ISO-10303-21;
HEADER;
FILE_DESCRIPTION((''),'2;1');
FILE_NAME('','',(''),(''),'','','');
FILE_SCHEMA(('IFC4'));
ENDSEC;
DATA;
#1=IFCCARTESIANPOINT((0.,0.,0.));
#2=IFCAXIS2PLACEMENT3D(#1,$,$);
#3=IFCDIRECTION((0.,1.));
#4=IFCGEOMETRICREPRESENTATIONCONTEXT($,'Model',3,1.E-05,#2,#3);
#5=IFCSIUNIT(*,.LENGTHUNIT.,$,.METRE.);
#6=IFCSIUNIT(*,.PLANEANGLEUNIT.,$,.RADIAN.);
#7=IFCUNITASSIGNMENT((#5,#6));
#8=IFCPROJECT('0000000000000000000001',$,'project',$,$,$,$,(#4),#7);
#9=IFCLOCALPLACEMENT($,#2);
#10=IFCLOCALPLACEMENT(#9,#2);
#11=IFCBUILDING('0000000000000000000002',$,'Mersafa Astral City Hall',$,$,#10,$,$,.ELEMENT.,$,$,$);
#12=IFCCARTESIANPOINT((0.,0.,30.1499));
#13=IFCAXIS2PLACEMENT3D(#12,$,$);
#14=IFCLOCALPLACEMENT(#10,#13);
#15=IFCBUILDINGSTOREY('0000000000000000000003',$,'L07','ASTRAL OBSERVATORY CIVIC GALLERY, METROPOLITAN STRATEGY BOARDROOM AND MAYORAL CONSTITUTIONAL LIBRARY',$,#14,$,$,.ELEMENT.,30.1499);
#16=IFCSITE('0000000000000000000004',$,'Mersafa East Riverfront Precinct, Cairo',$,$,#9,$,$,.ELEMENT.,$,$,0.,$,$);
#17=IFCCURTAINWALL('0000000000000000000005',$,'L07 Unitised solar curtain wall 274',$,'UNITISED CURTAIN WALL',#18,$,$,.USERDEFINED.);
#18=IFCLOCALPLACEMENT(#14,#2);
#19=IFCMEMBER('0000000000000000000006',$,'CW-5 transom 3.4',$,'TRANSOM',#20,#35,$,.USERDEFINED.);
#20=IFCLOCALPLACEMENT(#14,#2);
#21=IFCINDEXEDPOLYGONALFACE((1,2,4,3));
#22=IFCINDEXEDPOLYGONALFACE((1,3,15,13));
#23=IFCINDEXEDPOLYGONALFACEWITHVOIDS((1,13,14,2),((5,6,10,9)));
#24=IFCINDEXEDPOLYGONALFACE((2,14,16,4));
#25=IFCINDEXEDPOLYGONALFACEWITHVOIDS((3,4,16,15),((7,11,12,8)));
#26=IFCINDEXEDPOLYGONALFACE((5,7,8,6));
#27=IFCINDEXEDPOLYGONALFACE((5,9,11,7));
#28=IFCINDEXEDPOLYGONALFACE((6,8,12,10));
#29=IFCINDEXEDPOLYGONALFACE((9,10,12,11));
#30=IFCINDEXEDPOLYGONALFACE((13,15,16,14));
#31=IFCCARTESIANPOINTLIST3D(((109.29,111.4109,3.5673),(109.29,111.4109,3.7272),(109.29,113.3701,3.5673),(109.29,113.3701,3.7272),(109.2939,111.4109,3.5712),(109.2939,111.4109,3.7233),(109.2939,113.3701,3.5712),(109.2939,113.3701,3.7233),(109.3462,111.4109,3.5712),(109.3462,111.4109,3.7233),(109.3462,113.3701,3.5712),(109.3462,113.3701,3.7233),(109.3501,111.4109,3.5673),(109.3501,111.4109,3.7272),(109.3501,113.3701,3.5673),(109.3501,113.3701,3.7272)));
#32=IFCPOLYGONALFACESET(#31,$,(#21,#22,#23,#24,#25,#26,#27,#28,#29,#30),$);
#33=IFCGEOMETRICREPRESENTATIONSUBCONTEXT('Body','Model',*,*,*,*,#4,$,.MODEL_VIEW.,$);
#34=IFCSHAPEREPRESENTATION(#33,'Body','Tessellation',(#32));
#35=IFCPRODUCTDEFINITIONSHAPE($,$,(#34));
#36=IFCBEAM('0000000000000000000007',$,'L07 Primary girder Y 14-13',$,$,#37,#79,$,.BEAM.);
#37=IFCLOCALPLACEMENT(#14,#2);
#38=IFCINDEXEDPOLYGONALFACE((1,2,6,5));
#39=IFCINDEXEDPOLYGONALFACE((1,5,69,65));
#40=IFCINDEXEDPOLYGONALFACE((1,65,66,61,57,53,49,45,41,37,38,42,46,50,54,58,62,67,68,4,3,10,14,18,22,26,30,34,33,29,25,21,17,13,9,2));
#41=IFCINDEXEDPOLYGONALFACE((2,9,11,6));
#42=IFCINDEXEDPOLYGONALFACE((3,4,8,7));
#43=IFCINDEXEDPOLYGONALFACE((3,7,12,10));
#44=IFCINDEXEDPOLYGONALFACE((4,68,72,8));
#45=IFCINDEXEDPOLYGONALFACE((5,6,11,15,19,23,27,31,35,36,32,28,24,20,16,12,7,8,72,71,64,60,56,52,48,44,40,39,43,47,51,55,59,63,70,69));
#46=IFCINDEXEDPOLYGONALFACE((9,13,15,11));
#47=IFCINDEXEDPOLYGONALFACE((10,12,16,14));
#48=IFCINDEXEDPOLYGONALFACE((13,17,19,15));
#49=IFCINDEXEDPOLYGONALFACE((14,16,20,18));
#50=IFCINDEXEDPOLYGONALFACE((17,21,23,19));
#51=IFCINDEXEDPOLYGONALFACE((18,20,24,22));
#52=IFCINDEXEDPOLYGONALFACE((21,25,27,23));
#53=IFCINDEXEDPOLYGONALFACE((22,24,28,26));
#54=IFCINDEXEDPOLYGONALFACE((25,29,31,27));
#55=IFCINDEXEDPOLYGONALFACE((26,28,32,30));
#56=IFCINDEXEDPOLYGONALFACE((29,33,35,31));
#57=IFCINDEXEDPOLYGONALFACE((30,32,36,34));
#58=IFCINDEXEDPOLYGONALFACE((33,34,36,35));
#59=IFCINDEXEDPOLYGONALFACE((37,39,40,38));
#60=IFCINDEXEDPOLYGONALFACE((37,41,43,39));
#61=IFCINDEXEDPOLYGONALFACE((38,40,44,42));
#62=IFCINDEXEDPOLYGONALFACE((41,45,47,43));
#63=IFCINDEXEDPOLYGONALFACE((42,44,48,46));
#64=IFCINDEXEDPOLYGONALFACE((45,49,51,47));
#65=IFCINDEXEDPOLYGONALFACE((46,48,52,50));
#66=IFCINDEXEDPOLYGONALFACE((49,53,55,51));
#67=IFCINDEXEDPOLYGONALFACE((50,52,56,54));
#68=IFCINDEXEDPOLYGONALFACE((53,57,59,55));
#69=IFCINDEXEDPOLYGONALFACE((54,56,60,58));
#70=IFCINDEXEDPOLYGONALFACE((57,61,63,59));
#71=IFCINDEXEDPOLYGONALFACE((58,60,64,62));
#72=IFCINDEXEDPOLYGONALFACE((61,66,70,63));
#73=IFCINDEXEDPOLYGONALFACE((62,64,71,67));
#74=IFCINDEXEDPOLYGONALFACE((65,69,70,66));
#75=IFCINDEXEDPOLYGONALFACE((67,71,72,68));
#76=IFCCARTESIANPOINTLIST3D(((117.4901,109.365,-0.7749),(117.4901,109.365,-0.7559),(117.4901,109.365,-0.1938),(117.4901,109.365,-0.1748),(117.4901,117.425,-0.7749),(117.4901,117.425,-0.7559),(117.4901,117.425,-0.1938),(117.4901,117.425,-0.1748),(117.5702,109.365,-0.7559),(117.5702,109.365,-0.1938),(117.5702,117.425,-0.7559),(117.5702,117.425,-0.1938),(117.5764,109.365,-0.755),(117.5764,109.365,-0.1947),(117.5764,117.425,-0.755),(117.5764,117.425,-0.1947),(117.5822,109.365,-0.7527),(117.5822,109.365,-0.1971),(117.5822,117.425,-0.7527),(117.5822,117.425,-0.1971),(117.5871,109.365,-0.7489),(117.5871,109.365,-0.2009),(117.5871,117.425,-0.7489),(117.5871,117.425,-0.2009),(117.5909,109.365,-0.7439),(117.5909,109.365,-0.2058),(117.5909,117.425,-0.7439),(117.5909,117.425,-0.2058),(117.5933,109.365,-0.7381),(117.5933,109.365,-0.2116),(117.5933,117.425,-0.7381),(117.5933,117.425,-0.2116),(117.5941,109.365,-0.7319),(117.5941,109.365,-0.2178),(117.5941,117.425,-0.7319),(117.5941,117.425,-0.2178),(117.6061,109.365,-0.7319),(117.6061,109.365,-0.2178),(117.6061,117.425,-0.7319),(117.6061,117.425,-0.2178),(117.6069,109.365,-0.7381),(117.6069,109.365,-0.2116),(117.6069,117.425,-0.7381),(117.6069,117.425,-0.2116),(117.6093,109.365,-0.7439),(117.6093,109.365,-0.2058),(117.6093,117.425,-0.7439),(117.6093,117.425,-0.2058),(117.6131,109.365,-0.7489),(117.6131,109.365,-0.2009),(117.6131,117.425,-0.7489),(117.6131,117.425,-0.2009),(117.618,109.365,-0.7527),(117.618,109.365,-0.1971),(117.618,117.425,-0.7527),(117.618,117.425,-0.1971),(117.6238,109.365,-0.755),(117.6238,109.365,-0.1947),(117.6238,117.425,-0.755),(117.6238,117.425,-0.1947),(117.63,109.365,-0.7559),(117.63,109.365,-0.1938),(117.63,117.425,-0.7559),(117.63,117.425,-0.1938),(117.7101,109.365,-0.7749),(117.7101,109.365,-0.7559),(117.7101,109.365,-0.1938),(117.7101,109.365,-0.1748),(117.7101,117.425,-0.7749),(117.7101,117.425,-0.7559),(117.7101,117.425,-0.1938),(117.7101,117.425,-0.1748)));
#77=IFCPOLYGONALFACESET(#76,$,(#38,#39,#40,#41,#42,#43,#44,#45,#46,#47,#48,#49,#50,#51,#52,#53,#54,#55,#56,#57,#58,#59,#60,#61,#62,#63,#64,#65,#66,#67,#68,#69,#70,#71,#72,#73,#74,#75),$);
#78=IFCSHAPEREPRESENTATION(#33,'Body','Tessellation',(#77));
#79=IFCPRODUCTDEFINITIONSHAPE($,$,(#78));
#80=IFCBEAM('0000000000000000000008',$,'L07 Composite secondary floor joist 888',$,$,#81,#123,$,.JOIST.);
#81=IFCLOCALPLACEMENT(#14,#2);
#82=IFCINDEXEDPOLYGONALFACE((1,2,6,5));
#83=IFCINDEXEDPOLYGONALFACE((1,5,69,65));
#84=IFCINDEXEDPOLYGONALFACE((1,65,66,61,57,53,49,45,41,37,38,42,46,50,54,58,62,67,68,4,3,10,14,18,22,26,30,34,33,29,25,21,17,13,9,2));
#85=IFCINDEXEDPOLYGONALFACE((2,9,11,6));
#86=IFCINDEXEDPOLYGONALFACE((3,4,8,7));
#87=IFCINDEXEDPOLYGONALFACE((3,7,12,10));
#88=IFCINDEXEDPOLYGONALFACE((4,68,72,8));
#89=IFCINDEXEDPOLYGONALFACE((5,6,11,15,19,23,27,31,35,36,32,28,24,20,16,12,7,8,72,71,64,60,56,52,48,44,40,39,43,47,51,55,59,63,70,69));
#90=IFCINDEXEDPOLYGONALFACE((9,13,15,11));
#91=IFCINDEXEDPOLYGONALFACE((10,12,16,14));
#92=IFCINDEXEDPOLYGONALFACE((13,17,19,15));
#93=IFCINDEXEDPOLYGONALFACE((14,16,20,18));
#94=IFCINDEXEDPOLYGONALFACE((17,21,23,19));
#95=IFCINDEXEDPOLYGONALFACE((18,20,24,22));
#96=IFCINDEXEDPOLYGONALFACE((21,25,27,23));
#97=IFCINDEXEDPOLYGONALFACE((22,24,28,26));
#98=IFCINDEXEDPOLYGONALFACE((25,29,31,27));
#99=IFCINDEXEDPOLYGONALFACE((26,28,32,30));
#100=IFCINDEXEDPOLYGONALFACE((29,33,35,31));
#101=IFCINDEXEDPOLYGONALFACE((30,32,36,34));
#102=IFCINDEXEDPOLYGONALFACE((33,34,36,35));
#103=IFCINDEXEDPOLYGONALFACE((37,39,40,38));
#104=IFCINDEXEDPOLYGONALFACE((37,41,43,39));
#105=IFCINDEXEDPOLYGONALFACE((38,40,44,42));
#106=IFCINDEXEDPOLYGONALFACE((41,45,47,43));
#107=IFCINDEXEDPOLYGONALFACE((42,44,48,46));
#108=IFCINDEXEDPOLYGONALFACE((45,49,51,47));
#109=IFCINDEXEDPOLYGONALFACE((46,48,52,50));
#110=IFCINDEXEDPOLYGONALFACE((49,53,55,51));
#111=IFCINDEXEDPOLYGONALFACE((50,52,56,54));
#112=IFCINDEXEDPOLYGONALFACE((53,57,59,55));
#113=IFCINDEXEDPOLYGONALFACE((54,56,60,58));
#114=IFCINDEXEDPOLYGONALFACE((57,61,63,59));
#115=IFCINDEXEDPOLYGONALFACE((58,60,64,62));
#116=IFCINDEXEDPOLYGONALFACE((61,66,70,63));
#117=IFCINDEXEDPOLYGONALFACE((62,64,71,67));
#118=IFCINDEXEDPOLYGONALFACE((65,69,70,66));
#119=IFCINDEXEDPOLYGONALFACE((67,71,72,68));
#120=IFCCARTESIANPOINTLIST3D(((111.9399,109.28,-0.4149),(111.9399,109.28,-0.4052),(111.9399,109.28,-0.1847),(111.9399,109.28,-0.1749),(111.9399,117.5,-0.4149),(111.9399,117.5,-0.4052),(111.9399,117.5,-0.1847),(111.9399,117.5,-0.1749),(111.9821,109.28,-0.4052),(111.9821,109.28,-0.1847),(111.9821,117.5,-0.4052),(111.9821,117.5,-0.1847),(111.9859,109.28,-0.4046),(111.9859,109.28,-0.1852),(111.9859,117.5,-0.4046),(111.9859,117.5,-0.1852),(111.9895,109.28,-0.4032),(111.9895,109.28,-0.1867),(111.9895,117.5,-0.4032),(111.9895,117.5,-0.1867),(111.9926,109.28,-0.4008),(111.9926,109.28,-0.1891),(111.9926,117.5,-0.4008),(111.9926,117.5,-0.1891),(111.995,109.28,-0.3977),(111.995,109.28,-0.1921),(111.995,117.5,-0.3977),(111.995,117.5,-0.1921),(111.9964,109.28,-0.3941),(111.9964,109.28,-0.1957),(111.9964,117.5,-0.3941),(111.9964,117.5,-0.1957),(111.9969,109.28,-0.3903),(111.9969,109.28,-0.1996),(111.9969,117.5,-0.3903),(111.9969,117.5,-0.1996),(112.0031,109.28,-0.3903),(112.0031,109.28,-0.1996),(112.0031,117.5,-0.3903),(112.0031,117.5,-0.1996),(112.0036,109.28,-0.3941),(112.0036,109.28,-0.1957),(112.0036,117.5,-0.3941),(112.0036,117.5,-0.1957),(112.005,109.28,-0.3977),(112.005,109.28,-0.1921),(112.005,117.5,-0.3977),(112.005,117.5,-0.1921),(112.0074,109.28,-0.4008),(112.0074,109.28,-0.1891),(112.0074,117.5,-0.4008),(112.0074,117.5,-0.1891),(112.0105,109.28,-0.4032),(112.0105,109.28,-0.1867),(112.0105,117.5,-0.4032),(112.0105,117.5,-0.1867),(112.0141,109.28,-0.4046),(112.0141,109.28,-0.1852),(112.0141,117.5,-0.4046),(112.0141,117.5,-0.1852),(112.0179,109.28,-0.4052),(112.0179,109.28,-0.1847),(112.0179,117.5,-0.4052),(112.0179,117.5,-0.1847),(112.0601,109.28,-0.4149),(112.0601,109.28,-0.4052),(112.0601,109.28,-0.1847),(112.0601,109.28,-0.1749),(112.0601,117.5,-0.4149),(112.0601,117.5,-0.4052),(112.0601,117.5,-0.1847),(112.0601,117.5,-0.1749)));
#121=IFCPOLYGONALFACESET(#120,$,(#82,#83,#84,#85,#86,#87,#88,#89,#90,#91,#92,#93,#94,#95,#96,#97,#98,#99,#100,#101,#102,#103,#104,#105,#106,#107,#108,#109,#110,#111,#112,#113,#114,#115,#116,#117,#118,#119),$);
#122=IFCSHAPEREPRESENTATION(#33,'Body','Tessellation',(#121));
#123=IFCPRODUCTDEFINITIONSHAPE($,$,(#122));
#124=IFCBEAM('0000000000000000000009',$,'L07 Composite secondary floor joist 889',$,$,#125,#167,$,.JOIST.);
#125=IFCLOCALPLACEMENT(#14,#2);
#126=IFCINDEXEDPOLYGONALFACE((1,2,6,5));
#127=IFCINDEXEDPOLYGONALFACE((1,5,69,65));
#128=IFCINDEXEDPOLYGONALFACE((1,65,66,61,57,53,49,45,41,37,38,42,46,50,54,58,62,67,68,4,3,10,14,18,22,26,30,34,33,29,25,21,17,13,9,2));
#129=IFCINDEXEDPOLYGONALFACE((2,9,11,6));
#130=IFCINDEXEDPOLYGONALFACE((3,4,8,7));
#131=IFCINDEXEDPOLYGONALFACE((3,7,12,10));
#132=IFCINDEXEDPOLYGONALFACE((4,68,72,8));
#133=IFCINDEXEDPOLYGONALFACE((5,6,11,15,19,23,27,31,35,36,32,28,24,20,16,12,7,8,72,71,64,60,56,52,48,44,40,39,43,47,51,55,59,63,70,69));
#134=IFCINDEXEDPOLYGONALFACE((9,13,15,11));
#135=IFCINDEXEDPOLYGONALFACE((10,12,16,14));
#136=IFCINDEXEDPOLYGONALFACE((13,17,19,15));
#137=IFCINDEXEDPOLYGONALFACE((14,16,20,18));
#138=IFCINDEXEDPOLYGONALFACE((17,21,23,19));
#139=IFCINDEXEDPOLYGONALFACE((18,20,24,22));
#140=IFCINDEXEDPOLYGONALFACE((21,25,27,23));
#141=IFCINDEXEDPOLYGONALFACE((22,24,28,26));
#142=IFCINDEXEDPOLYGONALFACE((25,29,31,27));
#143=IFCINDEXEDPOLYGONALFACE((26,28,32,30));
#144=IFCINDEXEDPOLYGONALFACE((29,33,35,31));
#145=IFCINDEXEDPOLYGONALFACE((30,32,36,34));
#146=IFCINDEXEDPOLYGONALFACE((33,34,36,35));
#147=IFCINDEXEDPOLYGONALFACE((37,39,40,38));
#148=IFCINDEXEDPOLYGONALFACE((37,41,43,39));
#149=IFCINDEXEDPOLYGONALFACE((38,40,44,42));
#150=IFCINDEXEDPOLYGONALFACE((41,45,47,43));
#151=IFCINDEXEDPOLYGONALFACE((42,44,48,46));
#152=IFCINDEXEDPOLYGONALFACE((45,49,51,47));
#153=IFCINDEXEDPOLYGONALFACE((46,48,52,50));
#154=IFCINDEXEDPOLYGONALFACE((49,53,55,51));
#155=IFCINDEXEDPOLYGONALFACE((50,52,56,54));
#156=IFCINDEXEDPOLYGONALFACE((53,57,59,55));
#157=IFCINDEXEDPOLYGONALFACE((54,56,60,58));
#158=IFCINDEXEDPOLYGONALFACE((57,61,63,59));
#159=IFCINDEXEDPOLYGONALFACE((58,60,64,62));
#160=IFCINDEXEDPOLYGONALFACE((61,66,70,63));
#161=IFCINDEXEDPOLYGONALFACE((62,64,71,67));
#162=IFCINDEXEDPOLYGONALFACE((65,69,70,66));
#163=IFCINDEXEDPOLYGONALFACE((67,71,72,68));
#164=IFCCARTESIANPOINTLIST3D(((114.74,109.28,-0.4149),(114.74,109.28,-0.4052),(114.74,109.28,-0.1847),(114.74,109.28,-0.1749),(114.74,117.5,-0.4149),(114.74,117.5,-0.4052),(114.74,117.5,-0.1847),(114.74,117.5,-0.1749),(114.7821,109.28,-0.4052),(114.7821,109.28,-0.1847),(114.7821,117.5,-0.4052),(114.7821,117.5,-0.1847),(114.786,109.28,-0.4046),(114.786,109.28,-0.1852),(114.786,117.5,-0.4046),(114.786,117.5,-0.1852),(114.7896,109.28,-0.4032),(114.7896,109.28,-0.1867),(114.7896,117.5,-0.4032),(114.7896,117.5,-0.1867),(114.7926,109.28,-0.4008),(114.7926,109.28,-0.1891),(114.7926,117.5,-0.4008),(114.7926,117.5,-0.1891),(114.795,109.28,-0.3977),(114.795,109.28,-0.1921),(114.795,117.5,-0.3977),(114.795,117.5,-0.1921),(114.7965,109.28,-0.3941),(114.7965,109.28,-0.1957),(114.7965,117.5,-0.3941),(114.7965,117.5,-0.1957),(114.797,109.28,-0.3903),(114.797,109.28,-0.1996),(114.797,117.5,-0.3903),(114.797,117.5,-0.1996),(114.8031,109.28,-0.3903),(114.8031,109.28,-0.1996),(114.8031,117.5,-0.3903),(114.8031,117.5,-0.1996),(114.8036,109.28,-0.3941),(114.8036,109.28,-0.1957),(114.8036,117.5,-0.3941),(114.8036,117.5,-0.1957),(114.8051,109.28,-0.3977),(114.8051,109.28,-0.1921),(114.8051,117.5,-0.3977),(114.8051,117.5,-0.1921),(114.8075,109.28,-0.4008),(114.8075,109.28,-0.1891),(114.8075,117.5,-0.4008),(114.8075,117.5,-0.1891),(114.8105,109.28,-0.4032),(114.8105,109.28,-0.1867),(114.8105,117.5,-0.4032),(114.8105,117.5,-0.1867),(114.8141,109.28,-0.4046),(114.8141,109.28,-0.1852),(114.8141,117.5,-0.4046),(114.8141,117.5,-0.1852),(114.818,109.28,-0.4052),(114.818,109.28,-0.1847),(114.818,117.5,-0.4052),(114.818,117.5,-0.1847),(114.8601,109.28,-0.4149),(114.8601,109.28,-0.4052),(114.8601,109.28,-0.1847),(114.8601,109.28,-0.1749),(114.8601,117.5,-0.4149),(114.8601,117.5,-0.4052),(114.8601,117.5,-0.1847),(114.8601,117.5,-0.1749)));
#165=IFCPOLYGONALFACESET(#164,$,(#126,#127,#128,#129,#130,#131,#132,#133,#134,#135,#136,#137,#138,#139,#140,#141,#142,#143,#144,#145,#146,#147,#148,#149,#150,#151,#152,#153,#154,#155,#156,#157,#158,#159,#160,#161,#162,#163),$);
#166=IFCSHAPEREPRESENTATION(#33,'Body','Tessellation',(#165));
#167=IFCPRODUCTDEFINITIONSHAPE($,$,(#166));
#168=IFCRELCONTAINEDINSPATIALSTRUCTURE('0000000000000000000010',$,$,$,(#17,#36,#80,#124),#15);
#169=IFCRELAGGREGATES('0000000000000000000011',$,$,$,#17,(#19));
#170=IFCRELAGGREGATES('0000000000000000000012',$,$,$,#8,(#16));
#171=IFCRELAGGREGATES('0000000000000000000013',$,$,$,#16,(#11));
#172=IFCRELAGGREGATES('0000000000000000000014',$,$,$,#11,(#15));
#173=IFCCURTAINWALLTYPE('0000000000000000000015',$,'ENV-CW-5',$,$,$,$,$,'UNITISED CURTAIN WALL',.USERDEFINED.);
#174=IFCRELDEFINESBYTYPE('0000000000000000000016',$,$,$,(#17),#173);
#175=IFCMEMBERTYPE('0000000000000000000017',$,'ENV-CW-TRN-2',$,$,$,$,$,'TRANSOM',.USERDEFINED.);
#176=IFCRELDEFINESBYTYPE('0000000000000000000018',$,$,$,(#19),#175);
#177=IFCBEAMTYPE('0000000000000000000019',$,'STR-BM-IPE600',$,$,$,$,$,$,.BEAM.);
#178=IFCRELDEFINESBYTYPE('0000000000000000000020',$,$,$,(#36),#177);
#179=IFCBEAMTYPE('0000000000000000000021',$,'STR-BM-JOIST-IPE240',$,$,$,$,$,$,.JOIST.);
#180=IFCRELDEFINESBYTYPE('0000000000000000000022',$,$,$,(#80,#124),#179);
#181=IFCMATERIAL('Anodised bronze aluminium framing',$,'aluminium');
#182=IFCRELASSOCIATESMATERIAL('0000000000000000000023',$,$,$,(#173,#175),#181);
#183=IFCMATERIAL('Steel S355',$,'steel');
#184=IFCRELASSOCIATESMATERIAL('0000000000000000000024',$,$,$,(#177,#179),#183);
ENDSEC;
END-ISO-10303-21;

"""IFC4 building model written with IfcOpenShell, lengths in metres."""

from ifc_helpers import new_model, si_unit, direction, frame, origin, origin_2d, place, context, subcontext, project, spatial, hollow_rectangle, i_section, extrude, material, material_profile, profile_set, type_object, element, aggregate, save


model = new_model("IFC4")

# Units and contexts
model_context = context("Model", 3, precision=1e-05, world=origin(), true_north=direction((0.0, 1.0)))
body_context = subcontext(model_context, "Body", "Model", "MODEL_VIEW")
ifc_project = project(units=[si_unit("LENGTHUNIT", "METRE"), si_unit("PLANEANGLEUNIT", "RADIAN")], contexts=[model_context])

# Site, building, storey
site_placement = place(None, origin())
site = spatial("IfcSite", under=ifc_project, at=site_placement, Name="Mersafa East Riverfront Precinct, Cairo", CompositionType="ELEMENT", RefElevation=0.0)
building_placement = place(site_placement, origin())
building = spatial("IfcBuilding", under=site, at=building_placement, Name="Mersafa Astral City Hall", CompositionType="ELEMENT")
storey_placement = place(building_placement, frame((0.0, 0.0, 30.1499)))
storey = spatial("IfcBuildingStorey", under=building, at=storey_placement, Name="L07", Description="ASTRAL OBSERVATORY CIVIC GALLERY, METROPOLITAN STRATEGY BOARDROOM AND MAYORAL CONSTITUTIONAL LIBRARY", CompositionType="ELEMENT", Elevation=30.1499)

# Shared definitions
ifc_material_1 = material(Name="Steel S355", Category="steel")

# Curtain wall, member
ifc_material_2 = material(Name="Anodised bronze aluminium framing", Category="aluminium")
curtain_wall_type = type_object("IfcCurtainWallType", Name="ENV-CW-5", ElementType="UNITISED CURTAIN WALL", PredefinedType="USERDEFINED", material=ifc_material_2)
curtain_wall_placement = place(storey_placement, origin())
curtain_wall = element("IfcCurtainWall", 1, at=curtain_wall_placement, inside=storey, type_object=curtain_wall_type, Name="L07 Unitised solar curtain wall 274", ObjectType="UNITISED CURTAIN WALL", PredefinedType="USERDEFINED")
ifc_material_profile_1 = material_profile(ifc_material_2, hollow_rectangle(XDim=0.0601, YDim=0.1599, WallThickness=0.0039, at=origin_2d()), Name="RHS 60x160x4")
ifc_profile_set_1 = profile_set([ifc_material_profile_1], Name="Anodised bronze aluminium framing")
member_type_1 = type_object("IfcMemberType", Name="ENV-CW-TRN-2", ElementType="TRANSOM", PredefinedType="USERDEFINED", material=ifc_profile_set_1)
member_1_placement = place(storey_placement, frame((109.3201, 113.3701, 3.6472), z_axis=(0.0, -1.0, 0.0), x_axis=(1.0, 0.0, 0.0)))
member_1 = element("IfcMember", 2, at=member_1_placement, type_object=member_type_1, Name="CW-5 transom 3.4", ObjectType="TRANSOM", PredefinedType="USERDEFINED", context=body_context, shape_type="SweptSolid", body=[
    extrude(hollow_rectangle(XDim=0.0601, YDim=0.1599, WallThickness=0.0039, at=origin_2d()), origin(), (0.0, 0.0, 1.0), 1.9592),
])

# Beams
ifc_material_profile_2 = material_profile(ifc_material_1, i_section(OverallWidth=0.22, OverallDepth=0.6001, WebThickness=0.012, FlangeThickness=0.019, FilletRadius=0.0239, at=origin_2d()), Name="IPE 600")
ifc_profile_set_2 = profile_set([ifc_material_profile_2], Name="Steel S355")
beam_type_1 = type_object("IfcBeamType", Name="STR-BM-IPE600", PredefinedType="BEAM", material=ifc_profile_set_2)
beam_1_placement = place(storey_placement, frame((117.6001, 109.365, -0.4749), z_axis=(0.0, 1.0, 0.0), x_axis=(-1.0, 0.0, 0.0)))
element("IfcBeam", 3, at=beam_1_placement, inside=storey, type_object=beam_type_1, Name="L07 Primary girder Y 14-13", PredefinedType="BEAM", context=body_context, shape_type="SweptSolid", body=[
    extrude(i_section(OverallWidth=0.22, OverallDepth=0.6001, WebThickness=0.012, FlangeThickness=0.019, FilletRadius=0.0239, at=origin_2d()), origin(), (0.0, 0.0, 1.0), 8.0601),
])
ifc_material_profile_3 = material_profile(ifc_material_1, i_section(OverallWidth=0.1201, OverallDepth=0.24, WebThickness=0.0061, FlangeThickness=0.0098, FilletRadius=0.0149, at=origin_2d()), Name="IPE 240")
ifc_profile_set_3 = profile_set([ifc_material_profile_3], Name="Steel S355")
beam_type_2 = type_object("IfcBeamType", Name="STR-BM-JOIST-IPE240", PredefinedType="JOIST", material=ifc_profile_set_3)
for number, where, z_axis, x_axis, name in (
    (4, (112.0, 109.28, -0.2949), (0.0, 1.0, 0.0), (-1.0, 0.0, 0.0), "L07 Composite secondary floor joist 888"),
    (5, (114.8, 109.28, -0.2949), (0.0, 1.0, 0.0), (-1.0, 0.0, 0.0), "L07 Composite secondary floor joist 889"),
):
    element("IfcBeam", number, at=place(storey_placement, frame(where, z_axis=z_axis, x_axis=x_axis)), inside=storey, type_object=beam_type_2, Name=name, PredefinedType="JOIST", context=body_context, shape_type="SweptSolid", body=[
        extrude(i_section(OverallWidth=0.1201, OverallDepth=0.24, WebThickness=0.0061, FlangeThickness=0.0098, FilletRadius=0.0149, at=origin_2d()), origin(), (0.0, 0.0, 1.0), 8.22),
    ])

aggregate(curtain_wall, [member_1])

save(model, "model.ifc")
